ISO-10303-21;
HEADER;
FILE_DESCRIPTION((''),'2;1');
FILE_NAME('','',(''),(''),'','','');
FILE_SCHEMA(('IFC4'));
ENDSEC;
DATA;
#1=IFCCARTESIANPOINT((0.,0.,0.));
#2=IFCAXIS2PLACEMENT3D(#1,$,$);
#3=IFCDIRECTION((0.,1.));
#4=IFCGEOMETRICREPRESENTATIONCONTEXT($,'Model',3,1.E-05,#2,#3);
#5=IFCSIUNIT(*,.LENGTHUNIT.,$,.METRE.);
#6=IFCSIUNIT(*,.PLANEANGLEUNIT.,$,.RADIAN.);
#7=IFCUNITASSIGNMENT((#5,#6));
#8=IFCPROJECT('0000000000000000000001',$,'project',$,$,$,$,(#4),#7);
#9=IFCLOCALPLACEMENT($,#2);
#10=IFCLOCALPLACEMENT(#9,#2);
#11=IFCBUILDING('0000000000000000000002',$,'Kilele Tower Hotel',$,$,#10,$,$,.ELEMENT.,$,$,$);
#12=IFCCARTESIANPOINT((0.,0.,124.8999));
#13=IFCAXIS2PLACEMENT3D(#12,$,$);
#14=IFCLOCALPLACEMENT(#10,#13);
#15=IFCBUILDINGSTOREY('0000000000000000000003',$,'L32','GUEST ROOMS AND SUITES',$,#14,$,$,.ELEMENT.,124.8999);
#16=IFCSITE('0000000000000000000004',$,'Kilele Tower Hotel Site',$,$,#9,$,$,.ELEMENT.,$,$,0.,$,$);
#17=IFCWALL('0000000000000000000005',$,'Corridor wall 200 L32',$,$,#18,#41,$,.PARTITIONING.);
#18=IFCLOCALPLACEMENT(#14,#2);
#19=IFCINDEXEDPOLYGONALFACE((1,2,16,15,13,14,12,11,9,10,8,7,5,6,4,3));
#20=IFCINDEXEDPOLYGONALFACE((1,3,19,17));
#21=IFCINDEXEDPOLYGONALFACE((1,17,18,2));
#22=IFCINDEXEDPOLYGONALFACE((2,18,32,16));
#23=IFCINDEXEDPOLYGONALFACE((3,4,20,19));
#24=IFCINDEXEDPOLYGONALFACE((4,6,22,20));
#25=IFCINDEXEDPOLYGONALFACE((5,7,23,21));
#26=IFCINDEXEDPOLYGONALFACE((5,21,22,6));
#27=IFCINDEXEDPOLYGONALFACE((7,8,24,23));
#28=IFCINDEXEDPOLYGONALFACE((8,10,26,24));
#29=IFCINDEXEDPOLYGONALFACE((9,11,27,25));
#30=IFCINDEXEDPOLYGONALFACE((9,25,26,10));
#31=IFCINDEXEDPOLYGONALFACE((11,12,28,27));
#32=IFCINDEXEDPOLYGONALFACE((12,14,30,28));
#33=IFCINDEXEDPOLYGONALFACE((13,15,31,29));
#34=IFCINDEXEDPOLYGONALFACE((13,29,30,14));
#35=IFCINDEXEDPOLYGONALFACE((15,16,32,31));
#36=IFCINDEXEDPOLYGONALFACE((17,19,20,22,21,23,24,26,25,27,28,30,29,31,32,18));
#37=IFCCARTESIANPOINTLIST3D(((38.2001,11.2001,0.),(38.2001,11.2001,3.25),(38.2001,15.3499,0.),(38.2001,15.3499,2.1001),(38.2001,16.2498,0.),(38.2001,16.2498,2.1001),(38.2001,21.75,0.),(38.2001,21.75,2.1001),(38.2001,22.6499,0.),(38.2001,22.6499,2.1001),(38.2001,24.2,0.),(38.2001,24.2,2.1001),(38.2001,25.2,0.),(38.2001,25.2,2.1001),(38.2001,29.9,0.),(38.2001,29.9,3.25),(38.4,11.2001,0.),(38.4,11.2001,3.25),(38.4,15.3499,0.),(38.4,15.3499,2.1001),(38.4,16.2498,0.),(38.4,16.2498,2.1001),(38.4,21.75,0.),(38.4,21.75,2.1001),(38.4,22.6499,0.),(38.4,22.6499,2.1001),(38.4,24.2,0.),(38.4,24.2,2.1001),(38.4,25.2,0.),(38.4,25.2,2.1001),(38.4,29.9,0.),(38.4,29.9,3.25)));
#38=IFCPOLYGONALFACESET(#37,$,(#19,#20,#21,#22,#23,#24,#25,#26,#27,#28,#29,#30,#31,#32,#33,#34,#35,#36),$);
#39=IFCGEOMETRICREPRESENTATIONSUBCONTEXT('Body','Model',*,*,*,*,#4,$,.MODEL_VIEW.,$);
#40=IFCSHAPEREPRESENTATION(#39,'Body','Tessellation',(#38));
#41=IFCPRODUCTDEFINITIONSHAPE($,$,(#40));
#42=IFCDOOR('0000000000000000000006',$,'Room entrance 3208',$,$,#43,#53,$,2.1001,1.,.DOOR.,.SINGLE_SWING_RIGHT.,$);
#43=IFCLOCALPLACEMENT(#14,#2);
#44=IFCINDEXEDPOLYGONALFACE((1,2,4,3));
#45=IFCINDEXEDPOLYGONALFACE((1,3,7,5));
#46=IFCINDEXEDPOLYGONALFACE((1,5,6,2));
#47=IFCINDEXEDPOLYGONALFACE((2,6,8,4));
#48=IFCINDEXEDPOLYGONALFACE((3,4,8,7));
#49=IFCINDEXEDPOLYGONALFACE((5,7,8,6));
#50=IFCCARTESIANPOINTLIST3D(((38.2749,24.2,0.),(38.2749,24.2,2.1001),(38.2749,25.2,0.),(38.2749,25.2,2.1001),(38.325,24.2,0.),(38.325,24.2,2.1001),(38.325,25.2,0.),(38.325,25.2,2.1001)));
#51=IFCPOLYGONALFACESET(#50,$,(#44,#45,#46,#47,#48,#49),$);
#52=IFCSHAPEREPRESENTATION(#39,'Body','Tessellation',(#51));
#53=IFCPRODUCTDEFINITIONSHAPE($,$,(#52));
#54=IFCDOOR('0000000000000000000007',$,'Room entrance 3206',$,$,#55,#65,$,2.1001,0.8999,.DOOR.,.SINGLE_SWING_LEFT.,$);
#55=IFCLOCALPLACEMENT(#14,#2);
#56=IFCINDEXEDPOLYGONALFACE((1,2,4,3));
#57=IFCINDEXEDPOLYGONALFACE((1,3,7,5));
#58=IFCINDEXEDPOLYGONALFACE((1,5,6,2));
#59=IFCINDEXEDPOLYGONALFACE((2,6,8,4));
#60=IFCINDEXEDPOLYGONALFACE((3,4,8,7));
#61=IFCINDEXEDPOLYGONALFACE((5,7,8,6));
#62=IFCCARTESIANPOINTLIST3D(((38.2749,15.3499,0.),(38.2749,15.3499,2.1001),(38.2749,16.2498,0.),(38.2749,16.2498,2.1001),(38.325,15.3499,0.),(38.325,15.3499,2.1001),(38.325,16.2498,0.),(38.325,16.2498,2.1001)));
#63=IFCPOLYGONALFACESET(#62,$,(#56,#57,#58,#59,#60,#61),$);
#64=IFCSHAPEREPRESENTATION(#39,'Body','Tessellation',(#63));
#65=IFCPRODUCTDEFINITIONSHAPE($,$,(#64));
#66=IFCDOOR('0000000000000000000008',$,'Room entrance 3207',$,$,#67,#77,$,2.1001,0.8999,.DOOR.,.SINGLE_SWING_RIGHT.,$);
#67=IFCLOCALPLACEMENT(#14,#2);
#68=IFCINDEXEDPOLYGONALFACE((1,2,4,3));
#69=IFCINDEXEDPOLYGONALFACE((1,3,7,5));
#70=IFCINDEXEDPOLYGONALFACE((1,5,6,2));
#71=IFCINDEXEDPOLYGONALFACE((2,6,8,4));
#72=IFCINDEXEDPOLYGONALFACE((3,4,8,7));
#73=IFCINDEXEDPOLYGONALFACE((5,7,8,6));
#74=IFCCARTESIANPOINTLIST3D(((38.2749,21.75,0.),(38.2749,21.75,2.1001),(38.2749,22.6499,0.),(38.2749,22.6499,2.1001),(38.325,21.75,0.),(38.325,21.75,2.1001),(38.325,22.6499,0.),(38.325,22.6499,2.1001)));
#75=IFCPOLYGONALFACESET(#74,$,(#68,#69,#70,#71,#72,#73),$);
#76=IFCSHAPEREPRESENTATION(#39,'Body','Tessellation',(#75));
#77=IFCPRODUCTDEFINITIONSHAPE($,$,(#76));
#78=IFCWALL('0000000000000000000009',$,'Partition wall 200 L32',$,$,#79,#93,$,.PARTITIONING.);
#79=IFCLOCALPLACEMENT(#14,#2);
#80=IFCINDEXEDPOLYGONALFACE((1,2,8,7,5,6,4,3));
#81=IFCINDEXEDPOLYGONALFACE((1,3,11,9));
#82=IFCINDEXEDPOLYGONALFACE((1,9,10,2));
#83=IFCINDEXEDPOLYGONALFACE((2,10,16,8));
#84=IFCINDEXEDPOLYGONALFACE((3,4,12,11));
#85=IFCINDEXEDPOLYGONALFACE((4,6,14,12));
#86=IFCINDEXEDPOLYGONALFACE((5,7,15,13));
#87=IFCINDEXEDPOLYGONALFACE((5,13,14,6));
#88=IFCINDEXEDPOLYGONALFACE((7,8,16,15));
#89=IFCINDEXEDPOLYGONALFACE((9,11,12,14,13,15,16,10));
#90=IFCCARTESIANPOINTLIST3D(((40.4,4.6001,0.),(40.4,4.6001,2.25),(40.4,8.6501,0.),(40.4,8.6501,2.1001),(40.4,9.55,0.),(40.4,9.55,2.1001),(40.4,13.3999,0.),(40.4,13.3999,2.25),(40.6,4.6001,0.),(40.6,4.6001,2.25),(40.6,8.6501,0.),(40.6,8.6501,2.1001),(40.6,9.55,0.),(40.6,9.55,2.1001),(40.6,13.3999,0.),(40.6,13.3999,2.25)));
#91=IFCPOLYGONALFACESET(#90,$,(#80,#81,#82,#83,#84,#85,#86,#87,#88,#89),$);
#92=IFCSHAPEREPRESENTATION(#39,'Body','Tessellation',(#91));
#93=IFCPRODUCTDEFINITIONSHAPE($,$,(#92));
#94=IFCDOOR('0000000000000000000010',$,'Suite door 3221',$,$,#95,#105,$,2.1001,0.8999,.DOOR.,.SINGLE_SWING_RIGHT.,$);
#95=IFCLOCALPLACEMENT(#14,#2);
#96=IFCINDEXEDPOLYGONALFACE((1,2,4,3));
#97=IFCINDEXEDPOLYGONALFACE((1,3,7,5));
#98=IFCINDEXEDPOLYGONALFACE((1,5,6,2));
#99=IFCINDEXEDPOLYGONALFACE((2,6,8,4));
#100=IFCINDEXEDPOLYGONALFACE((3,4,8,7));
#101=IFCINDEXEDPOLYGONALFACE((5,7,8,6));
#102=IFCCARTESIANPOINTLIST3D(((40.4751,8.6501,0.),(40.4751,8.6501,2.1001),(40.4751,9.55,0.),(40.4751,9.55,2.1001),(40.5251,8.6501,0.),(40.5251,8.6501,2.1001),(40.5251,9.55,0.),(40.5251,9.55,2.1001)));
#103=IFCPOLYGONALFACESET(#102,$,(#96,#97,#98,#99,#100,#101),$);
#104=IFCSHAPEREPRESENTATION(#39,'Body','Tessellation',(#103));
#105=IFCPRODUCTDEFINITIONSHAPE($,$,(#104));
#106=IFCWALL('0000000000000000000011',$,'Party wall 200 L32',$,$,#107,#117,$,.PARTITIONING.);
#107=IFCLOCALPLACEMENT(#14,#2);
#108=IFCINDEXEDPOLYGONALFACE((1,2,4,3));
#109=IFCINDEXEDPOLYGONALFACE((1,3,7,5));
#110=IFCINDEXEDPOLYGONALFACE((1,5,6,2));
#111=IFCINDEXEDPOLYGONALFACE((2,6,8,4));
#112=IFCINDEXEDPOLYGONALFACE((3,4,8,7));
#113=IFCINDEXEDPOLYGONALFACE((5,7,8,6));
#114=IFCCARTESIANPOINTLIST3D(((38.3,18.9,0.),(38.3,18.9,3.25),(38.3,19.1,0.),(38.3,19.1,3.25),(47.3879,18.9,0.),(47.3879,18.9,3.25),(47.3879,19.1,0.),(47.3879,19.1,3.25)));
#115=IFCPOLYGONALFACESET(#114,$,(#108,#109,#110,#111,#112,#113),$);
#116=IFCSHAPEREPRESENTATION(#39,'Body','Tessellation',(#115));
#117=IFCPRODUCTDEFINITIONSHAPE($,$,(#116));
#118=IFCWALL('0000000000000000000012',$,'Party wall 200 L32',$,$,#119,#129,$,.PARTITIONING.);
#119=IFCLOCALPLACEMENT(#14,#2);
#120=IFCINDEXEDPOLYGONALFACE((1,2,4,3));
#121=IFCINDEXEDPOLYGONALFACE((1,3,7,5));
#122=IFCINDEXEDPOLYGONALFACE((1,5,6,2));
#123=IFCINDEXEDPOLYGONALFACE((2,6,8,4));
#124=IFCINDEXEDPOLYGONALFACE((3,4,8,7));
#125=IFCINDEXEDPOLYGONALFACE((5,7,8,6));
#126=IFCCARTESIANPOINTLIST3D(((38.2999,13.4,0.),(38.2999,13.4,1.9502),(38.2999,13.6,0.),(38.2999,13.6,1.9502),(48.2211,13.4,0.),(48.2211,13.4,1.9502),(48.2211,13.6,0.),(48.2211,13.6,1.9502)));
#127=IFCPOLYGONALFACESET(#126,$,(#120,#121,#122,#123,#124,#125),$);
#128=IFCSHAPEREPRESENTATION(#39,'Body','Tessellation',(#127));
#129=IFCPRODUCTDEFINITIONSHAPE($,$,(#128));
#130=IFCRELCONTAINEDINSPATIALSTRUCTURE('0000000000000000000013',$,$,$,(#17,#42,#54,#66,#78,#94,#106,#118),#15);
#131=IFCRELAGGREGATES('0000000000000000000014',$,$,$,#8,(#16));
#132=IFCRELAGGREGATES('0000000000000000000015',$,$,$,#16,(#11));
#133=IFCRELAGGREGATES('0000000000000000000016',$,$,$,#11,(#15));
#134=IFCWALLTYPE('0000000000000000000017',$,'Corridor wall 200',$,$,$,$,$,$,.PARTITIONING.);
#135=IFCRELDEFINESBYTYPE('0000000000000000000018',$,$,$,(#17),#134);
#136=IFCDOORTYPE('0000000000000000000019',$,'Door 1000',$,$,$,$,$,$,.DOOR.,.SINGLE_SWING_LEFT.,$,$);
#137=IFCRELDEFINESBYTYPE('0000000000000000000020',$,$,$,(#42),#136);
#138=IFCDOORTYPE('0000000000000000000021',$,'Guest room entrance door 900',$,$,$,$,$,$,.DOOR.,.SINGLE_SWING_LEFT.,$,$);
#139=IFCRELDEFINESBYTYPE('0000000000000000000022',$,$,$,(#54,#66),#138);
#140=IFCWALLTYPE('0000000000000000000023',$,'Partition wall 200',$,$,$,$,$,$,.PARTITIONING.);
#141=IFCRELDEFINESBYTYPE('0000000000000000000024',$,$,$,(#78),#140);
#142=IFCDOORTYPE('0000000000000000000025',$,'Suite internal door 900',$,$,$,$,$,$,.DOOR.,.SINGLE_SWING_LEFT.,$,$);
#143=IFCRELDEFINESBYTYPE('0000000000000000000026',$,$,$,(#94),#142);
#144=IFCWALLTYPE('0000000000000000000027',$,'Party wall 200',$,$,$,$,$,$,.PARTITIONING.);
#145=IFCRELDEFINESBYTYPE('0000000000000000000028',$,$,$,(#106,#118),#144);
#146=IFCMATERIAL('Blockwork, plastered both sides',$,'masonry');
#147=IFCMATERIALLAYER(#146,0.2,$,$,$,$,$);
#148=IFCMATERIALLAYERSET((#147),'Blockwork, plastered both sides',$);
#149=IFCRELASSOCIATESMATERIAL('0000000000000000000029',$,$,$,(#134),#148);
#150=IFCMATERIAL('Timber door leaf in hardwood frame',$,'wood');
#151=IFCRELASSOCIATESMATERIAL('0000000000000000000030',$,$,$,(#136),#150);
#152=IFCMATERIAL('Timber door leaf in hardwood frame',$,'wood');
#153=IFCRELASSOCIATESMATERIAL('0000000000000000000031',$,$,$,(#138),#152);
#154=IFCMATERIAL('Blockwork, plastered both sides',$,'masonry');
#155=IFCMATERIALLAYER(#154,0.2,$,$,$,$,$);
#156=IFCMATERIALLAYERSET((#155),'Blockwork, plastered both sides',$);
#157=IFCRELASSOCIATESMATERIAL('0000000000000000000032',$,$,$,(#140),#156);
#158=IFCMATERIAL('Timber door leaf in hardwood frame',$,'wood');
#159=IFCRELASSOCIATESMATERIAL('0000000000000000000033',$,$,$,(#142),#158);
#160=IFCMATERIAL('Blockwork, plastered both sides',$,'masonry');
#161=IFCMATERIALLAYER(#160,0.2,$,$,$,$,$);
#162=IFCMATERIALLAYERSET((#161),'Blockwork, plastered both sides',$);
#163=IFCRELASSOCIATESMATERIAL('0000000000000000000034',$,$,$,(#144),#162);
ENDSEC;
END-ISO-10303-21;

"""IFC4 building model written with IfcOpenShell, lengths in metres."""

from ifc_helpers import new_model, si_unit, direction, frame, frame_2d, origin, place, context, subcontext, project, spatial, rectangle, extrude, material, layer, layer_set, type_object, element, fill, save


model = new_model("IFC4")

# Units and contexts
model_context = context("Model", 3, precision=1e-05, world=origin(), true_north=direction((0.0, 1.0)))
body_context = subcontext(model_context, "Body", "Model", "MODEL_VIEW")
ifc_project = project(units=[si_unit("LENGTHUNIT", "METRE"), si_unit("PLANEANGLEUNIT", "RADIAN")], contexts=[model_context])

# Site, building, storey
site_placement = place(None, origin())
site = spatial("IfcSite", under=ifc_project, at=site_placement, Name="Kilele Tower Hotel Site", CompositionType="ELEMENT", RefElevation=0.0)
building_placement = place(site_placement, origin())
building = spatial("IfcBuilding", under=site, at=building_placement, Name="Kilele Tower Hotel", CompositionType="ELEMENT")
storey_placement = place(building_placement, frame((0.0, 0.0, 124.8999)))
storey = spatial("IfcBuildingStorey", under=building, at=storey_placement, Name="L32", Description="GUEST ROOMS AND SUITES", CompositionType="ELEMENT", Elevation=124.8999)

# Wall, openings, doors
ifc_material_1 = material(Name="Blockwork, plastered both sides", Category="masonry")
ifc_layer_1 = layer(ifc_material_1, 0.2)
ifc_layer_set_1 = layer_set([ifc_layer_1], Name="Blockwork, plastered both sides")
wall_type_1 = type_object("IfcWallType", Name="Corridor wall 200", PredefinedType="PARTITIONING", material=ifc_layer_set_1)
wall_1_placement = place(storey_placement, frame((38.3, 11.2, 0.0), z_axis=(0.0, 0.0, 1.0), x_axis=(0.0, 1.0, 0.0)))
wall_1 = element("IfcWall", 1, at=wall_1_placement, inside=storey, type_object=wall_type_1, Name="Corridor wall 200 L32", PredefinedType="PARTITIONING", context=body_context, shape_type="SweptSolid", body=[
    extrude(rectangle(XDim=18.7, YDim=0.2, at=frame_2d((9.3501, 0.0))), origin(), (0.0, 0.0, 1.0), 3.25),
])
opening_1_placement = place(wall_1_placement, frame((5.0498, 0.0, 0.0), z_axis=(0.0, 0.0, 1.0), x_axis=(-1.0, 0.0, 0.0)))
opening_1 = element("IfcOpeningElement", 2, at=opening_1_placement, cuts=wall_1, PredefinedType="OPENING", context=body_context, shape_type="SweptSolid", body=[
    extrude(rectangle(XDim=0.8999, YDim=2.1001, at=frame_2d((0.45, 1.05))), frame((0.0, 0.1099, 0.0), z_axis=(0.0, -1.0, 0.0), x_axis=(1.0, 0.0, 0.0)), (0.0, 0.0, 1.0), 0.22),
])
opening_2_placement = place(wall_1_placement, frame((11.45, 0.0, 0.0), z_axis=(0.0, 0.0, 1.0), x_axis=(-1.0, 0.0, 0.0)))
opening_2 = element("IfcOpeningElement", 3, at=opening_2_placement, cuts=wall_1, PredefinedType="OPENING", context=body_context, shape_type="SweptSolid", body=[
    extrude(rectangle(XDim=0.8999, YDim=2.1001, at=frame_2d((0.45, 1.05))), frame((0.0, 0.1099, 0.0), z_axis=(0.0, -1.0, 0.0), x_axis=(1.0, 0.0, 0.0)), (0.0, 0.0, 1.0), 0.22),
])
opening_3_placement = place(wall_1_placement, frame((14.0, 0.0, 0.0), z_axis=(0.0, 0.0, 1.0), x_axis=(-1.0, 0.0, 0.0)))
opening_3 = element("IfcOpeningElement", 4, at=opening_3_placement, cuts=wall_1, PredefinedType="OPENING", context=body_context, shape_type="SweptSolid", body=[
    extrude(rectangle(XDim=1.0, YDim=2.1001, at=frame_2d((0.5, 1.05))), frame((0.0, 0.1099, 0.0), z_axis=(0.0, -1.0, 0.0), x_axis=(1.0, 0.0, 0.0)), (0.0, 0.0, 1.0), 0.22),
])
ifc_material_2 = material(Name="Timber door leaf in hardwood frame", Category="wood")
door_type_1 = type_object("IfcDoorType", Name="Door 1000", OperationType="SINGLE_SWING_LEFT", PredefinedType="DOOR", material=ifc_material_2)
door_1_placement = place(opening_3_placement, origin())
door_1 = element("IfcDoor", 5, at=door_1_placement, inside=storey, type_object=door_type_1, Name="Room entrance 3208", OperationType="SINGLE_SWING_RIGHT", OverallHeight=2.1001, OverallWidth=1.0, PredefinedType="DOOR", context=body_context, shape_type="SweptSolid", body=[
    extrude(rectangle(XDim=1.0, YDim=2.1001, at=frame_2d((0.5, 1.05))), frame((0.0, 0.0249, 0.0), z_axis=(0.0, -1.0, 0.0), x_axis=(1.0, 0.0, 0.0)), (0.0, 0.0, 1.0), 0.05),
])
fill(opening_3, door_1)
ifc_material_3 = material(Name="Timber door leaf in hardwood frame", Category="wood")
door_type_2 = type_object("IfcDoorType", Name="Guest room entrance door 900", OperationType="SINGLE_SWING_LEFT", PredefinedType="DOOR", material=ifc_material_3)
door_2_placement = place(opening_1_placement, origin())
door_2 = element("IfcDoor", 6, at=door_2_placement, inside=storey, type_object=door_type_2, Name="Room entrance 3206", OperationType="SINGLE_SWING_LEFT", OverallHeight=2.1001, OverallWidth=0.8999, PredefinedType="DOOR", context=body_context, shape_type="SweptSolid", body=[
    extrude(rectangle(XDim=0.8999, YDim=2.1001, at=frame_2d((0.45, 1.05))), frame((0.0, 0.0249, 0.0), z_axis=(0.0, -1.0, 0.0), x_axis=(1.0, 0.0, 0.0)), (0.0, 0.0, 1.0), 0.05),
])
fill(opening_1, door_2)
door_3_placement = place(opening_2_placement, origin())
door_3 = element("IfcDoor", 7, at=door_3_placement, inside=storey, type_object=door_type_2, Name="Room entrance 3207", OperationType="SINGLE_SWING_RIGHT", OverallHeight=2.1001, OverallWidth=0.8999, PredefinedType="DOOR", context=body_context, shape_type="SweptSolid", body=[
    extrude(rectangle(XDim=0.8999, YDim=2.1001, at=frame_2d((0.45, 1.05))), frame((0.0, 0.0249, 0.0), z_axis=(0.0, -1.0, 0.0), x_axis=(1.0, 0.0, 0.0)), (0.0, 0.0, 1.0), 0.05),
])
fill(opening_2, door_3)

# Wall, opening, door
ifc_material_4 = material(Name="Blockwork, plastered both sides", Category="masonry")
ifc_layer_2 = layer(ifc_material_4, 0.2)
ifc_layer_set_2 = layer_set([ifc_layer_2], Name="Blockwork, plastered both sides")
wall_type_2 = type_object("IfcWallType", Name="Partition wall 200", PredefinedType="PARTITIONING", material=ifc_layer_set_2)
wall_2_placement = place(storey_placement, frame((40.5, 4.6001, 0.0), z_axis=(0.0, 0.0, 1.0), x_axis=(0.0, 1.0, 0.0)))
wall_2 = element("IfcWall", 8, at=wall_2_placement, inside=storey, type_object=wall_type_2, Name="Partition wall 200 L32", PredefinedType="PARTITIONING", context=body_context, shape_type="SweptSolid", body=[
    extrude(rectangle(XDim=8.7998, YDim=0.2, at=frame_2d((4.3999, 0.0))), origin(), (0.0, 0.0, 1.0), 2.25),
])
opening_4_placement = place(wall_2_placement, frame((4.05, 0.0, 0.0)))
opening_4 = element("IfcOpeningElement", 9, at=opening_4_placement, cuts=wall_2, PredefinedType="OPENING", context=body_context, shape_type="SweptSolid", body=[
    extrude(rectangle(XDim=0.8999, YDim=2.1001, at=frame_2d((0.45, 1.05))), frame((0.0, 0.1099, 0.0), z_axis=(0.0, -1.0, 0.0), x_axis=(1.0, 0.0, 0.0)), (0.0, 0.0, 1.0), 0.22),
])
ifc_material_5 = material(Name="Timber door leaf in hardwood frame", Category="wood")
door_type_3 = type_object("IfcDoorType", Name="Suite internal door 900", OperationType="SINGLE_SWING_LEFT", PredefinedType="DOOR", material=ifc_material_5)
door_4_placement = place(opening_4_placement, origin())
door_4 = element("IfcDoor", 10, at=door_4_placement, inside=storey, type_object=door_type_3, Name="Suite door 3221", OperationType="SINGLE_SWING_RIGHT", OverallHeight=2.1001, OverallWidth=0.8999, PredefinedType="DOOR", context=body_context, shape_type="SweptSolid", body=[
    extrude(rectangle(XDim=0.8999, YDim=2.1001, at=frame_2d((0.45, 1.05))), frame((0.0, 0.0249, 0.0), z_axis=(0.0, -1.0, 0.0), x_axis=(1.0, 0.0, 0.0)), (0.0, 0.0, 1.0), 0.05),
])
fill(opening_4, door_4)

# Walls
ifc_material_6 = material(Name="Blockwork, plastered both sides", Category="masonry")
ifc_layer_3 = layer(ifc_material_6, 0.2)
ifc_layer_set_3 = layer_set([ifc_layer_3], Name="Blockwork, plastered both sides")
wall_type_3 = type_object("IfcWallType", Name="Party wall 200", PredefinedType="PARTITIONING", material=ifc_layer_set_3)
wall_3_placement = place(storey_placement, frame((38.3, 19.0, 0.0), z_axis=(0.0, 0.0, 1.0), x_axis=(1.0, 0.0, 0.0)))
element("IfcWall", 11, at=wall_3_placement, inside=storey, type_object=wall_type_3, Name="Party wall 200 L32", PredefinedType="PARTITIONING", context=body_context, shape_type="SweptSolid", body=[
    extrude(rectangle(XDim=9.0879, YDim=0.2, at=frame_2d((4.5439, 0.0))), origin(), (0.0, 0.0, 1.0), 3.25),
])
wall_4_placement = place(storey_placement, frame((38.3, 13.5, 0.0), z_axis=(0.0, 0.0, 1.0), x_axis=(1.0, 0.0, 0.0)))
element("IfcWall", 12, at=wall_4_placement, inside=storey, type_object=wall_type_3, Name="Party wall 200 L32", PredefinedType="PARTITIONING", context=body_context, shape_type="SweptSolid", body=[
    extrude(rectangle(XDim=9.9211, YDim=0.2, at=frame_2d((4.9604, 0.0))), origin(), (0.0, 0.0, 1.0), 1.9502),
])

save(model, "model.ifc")
